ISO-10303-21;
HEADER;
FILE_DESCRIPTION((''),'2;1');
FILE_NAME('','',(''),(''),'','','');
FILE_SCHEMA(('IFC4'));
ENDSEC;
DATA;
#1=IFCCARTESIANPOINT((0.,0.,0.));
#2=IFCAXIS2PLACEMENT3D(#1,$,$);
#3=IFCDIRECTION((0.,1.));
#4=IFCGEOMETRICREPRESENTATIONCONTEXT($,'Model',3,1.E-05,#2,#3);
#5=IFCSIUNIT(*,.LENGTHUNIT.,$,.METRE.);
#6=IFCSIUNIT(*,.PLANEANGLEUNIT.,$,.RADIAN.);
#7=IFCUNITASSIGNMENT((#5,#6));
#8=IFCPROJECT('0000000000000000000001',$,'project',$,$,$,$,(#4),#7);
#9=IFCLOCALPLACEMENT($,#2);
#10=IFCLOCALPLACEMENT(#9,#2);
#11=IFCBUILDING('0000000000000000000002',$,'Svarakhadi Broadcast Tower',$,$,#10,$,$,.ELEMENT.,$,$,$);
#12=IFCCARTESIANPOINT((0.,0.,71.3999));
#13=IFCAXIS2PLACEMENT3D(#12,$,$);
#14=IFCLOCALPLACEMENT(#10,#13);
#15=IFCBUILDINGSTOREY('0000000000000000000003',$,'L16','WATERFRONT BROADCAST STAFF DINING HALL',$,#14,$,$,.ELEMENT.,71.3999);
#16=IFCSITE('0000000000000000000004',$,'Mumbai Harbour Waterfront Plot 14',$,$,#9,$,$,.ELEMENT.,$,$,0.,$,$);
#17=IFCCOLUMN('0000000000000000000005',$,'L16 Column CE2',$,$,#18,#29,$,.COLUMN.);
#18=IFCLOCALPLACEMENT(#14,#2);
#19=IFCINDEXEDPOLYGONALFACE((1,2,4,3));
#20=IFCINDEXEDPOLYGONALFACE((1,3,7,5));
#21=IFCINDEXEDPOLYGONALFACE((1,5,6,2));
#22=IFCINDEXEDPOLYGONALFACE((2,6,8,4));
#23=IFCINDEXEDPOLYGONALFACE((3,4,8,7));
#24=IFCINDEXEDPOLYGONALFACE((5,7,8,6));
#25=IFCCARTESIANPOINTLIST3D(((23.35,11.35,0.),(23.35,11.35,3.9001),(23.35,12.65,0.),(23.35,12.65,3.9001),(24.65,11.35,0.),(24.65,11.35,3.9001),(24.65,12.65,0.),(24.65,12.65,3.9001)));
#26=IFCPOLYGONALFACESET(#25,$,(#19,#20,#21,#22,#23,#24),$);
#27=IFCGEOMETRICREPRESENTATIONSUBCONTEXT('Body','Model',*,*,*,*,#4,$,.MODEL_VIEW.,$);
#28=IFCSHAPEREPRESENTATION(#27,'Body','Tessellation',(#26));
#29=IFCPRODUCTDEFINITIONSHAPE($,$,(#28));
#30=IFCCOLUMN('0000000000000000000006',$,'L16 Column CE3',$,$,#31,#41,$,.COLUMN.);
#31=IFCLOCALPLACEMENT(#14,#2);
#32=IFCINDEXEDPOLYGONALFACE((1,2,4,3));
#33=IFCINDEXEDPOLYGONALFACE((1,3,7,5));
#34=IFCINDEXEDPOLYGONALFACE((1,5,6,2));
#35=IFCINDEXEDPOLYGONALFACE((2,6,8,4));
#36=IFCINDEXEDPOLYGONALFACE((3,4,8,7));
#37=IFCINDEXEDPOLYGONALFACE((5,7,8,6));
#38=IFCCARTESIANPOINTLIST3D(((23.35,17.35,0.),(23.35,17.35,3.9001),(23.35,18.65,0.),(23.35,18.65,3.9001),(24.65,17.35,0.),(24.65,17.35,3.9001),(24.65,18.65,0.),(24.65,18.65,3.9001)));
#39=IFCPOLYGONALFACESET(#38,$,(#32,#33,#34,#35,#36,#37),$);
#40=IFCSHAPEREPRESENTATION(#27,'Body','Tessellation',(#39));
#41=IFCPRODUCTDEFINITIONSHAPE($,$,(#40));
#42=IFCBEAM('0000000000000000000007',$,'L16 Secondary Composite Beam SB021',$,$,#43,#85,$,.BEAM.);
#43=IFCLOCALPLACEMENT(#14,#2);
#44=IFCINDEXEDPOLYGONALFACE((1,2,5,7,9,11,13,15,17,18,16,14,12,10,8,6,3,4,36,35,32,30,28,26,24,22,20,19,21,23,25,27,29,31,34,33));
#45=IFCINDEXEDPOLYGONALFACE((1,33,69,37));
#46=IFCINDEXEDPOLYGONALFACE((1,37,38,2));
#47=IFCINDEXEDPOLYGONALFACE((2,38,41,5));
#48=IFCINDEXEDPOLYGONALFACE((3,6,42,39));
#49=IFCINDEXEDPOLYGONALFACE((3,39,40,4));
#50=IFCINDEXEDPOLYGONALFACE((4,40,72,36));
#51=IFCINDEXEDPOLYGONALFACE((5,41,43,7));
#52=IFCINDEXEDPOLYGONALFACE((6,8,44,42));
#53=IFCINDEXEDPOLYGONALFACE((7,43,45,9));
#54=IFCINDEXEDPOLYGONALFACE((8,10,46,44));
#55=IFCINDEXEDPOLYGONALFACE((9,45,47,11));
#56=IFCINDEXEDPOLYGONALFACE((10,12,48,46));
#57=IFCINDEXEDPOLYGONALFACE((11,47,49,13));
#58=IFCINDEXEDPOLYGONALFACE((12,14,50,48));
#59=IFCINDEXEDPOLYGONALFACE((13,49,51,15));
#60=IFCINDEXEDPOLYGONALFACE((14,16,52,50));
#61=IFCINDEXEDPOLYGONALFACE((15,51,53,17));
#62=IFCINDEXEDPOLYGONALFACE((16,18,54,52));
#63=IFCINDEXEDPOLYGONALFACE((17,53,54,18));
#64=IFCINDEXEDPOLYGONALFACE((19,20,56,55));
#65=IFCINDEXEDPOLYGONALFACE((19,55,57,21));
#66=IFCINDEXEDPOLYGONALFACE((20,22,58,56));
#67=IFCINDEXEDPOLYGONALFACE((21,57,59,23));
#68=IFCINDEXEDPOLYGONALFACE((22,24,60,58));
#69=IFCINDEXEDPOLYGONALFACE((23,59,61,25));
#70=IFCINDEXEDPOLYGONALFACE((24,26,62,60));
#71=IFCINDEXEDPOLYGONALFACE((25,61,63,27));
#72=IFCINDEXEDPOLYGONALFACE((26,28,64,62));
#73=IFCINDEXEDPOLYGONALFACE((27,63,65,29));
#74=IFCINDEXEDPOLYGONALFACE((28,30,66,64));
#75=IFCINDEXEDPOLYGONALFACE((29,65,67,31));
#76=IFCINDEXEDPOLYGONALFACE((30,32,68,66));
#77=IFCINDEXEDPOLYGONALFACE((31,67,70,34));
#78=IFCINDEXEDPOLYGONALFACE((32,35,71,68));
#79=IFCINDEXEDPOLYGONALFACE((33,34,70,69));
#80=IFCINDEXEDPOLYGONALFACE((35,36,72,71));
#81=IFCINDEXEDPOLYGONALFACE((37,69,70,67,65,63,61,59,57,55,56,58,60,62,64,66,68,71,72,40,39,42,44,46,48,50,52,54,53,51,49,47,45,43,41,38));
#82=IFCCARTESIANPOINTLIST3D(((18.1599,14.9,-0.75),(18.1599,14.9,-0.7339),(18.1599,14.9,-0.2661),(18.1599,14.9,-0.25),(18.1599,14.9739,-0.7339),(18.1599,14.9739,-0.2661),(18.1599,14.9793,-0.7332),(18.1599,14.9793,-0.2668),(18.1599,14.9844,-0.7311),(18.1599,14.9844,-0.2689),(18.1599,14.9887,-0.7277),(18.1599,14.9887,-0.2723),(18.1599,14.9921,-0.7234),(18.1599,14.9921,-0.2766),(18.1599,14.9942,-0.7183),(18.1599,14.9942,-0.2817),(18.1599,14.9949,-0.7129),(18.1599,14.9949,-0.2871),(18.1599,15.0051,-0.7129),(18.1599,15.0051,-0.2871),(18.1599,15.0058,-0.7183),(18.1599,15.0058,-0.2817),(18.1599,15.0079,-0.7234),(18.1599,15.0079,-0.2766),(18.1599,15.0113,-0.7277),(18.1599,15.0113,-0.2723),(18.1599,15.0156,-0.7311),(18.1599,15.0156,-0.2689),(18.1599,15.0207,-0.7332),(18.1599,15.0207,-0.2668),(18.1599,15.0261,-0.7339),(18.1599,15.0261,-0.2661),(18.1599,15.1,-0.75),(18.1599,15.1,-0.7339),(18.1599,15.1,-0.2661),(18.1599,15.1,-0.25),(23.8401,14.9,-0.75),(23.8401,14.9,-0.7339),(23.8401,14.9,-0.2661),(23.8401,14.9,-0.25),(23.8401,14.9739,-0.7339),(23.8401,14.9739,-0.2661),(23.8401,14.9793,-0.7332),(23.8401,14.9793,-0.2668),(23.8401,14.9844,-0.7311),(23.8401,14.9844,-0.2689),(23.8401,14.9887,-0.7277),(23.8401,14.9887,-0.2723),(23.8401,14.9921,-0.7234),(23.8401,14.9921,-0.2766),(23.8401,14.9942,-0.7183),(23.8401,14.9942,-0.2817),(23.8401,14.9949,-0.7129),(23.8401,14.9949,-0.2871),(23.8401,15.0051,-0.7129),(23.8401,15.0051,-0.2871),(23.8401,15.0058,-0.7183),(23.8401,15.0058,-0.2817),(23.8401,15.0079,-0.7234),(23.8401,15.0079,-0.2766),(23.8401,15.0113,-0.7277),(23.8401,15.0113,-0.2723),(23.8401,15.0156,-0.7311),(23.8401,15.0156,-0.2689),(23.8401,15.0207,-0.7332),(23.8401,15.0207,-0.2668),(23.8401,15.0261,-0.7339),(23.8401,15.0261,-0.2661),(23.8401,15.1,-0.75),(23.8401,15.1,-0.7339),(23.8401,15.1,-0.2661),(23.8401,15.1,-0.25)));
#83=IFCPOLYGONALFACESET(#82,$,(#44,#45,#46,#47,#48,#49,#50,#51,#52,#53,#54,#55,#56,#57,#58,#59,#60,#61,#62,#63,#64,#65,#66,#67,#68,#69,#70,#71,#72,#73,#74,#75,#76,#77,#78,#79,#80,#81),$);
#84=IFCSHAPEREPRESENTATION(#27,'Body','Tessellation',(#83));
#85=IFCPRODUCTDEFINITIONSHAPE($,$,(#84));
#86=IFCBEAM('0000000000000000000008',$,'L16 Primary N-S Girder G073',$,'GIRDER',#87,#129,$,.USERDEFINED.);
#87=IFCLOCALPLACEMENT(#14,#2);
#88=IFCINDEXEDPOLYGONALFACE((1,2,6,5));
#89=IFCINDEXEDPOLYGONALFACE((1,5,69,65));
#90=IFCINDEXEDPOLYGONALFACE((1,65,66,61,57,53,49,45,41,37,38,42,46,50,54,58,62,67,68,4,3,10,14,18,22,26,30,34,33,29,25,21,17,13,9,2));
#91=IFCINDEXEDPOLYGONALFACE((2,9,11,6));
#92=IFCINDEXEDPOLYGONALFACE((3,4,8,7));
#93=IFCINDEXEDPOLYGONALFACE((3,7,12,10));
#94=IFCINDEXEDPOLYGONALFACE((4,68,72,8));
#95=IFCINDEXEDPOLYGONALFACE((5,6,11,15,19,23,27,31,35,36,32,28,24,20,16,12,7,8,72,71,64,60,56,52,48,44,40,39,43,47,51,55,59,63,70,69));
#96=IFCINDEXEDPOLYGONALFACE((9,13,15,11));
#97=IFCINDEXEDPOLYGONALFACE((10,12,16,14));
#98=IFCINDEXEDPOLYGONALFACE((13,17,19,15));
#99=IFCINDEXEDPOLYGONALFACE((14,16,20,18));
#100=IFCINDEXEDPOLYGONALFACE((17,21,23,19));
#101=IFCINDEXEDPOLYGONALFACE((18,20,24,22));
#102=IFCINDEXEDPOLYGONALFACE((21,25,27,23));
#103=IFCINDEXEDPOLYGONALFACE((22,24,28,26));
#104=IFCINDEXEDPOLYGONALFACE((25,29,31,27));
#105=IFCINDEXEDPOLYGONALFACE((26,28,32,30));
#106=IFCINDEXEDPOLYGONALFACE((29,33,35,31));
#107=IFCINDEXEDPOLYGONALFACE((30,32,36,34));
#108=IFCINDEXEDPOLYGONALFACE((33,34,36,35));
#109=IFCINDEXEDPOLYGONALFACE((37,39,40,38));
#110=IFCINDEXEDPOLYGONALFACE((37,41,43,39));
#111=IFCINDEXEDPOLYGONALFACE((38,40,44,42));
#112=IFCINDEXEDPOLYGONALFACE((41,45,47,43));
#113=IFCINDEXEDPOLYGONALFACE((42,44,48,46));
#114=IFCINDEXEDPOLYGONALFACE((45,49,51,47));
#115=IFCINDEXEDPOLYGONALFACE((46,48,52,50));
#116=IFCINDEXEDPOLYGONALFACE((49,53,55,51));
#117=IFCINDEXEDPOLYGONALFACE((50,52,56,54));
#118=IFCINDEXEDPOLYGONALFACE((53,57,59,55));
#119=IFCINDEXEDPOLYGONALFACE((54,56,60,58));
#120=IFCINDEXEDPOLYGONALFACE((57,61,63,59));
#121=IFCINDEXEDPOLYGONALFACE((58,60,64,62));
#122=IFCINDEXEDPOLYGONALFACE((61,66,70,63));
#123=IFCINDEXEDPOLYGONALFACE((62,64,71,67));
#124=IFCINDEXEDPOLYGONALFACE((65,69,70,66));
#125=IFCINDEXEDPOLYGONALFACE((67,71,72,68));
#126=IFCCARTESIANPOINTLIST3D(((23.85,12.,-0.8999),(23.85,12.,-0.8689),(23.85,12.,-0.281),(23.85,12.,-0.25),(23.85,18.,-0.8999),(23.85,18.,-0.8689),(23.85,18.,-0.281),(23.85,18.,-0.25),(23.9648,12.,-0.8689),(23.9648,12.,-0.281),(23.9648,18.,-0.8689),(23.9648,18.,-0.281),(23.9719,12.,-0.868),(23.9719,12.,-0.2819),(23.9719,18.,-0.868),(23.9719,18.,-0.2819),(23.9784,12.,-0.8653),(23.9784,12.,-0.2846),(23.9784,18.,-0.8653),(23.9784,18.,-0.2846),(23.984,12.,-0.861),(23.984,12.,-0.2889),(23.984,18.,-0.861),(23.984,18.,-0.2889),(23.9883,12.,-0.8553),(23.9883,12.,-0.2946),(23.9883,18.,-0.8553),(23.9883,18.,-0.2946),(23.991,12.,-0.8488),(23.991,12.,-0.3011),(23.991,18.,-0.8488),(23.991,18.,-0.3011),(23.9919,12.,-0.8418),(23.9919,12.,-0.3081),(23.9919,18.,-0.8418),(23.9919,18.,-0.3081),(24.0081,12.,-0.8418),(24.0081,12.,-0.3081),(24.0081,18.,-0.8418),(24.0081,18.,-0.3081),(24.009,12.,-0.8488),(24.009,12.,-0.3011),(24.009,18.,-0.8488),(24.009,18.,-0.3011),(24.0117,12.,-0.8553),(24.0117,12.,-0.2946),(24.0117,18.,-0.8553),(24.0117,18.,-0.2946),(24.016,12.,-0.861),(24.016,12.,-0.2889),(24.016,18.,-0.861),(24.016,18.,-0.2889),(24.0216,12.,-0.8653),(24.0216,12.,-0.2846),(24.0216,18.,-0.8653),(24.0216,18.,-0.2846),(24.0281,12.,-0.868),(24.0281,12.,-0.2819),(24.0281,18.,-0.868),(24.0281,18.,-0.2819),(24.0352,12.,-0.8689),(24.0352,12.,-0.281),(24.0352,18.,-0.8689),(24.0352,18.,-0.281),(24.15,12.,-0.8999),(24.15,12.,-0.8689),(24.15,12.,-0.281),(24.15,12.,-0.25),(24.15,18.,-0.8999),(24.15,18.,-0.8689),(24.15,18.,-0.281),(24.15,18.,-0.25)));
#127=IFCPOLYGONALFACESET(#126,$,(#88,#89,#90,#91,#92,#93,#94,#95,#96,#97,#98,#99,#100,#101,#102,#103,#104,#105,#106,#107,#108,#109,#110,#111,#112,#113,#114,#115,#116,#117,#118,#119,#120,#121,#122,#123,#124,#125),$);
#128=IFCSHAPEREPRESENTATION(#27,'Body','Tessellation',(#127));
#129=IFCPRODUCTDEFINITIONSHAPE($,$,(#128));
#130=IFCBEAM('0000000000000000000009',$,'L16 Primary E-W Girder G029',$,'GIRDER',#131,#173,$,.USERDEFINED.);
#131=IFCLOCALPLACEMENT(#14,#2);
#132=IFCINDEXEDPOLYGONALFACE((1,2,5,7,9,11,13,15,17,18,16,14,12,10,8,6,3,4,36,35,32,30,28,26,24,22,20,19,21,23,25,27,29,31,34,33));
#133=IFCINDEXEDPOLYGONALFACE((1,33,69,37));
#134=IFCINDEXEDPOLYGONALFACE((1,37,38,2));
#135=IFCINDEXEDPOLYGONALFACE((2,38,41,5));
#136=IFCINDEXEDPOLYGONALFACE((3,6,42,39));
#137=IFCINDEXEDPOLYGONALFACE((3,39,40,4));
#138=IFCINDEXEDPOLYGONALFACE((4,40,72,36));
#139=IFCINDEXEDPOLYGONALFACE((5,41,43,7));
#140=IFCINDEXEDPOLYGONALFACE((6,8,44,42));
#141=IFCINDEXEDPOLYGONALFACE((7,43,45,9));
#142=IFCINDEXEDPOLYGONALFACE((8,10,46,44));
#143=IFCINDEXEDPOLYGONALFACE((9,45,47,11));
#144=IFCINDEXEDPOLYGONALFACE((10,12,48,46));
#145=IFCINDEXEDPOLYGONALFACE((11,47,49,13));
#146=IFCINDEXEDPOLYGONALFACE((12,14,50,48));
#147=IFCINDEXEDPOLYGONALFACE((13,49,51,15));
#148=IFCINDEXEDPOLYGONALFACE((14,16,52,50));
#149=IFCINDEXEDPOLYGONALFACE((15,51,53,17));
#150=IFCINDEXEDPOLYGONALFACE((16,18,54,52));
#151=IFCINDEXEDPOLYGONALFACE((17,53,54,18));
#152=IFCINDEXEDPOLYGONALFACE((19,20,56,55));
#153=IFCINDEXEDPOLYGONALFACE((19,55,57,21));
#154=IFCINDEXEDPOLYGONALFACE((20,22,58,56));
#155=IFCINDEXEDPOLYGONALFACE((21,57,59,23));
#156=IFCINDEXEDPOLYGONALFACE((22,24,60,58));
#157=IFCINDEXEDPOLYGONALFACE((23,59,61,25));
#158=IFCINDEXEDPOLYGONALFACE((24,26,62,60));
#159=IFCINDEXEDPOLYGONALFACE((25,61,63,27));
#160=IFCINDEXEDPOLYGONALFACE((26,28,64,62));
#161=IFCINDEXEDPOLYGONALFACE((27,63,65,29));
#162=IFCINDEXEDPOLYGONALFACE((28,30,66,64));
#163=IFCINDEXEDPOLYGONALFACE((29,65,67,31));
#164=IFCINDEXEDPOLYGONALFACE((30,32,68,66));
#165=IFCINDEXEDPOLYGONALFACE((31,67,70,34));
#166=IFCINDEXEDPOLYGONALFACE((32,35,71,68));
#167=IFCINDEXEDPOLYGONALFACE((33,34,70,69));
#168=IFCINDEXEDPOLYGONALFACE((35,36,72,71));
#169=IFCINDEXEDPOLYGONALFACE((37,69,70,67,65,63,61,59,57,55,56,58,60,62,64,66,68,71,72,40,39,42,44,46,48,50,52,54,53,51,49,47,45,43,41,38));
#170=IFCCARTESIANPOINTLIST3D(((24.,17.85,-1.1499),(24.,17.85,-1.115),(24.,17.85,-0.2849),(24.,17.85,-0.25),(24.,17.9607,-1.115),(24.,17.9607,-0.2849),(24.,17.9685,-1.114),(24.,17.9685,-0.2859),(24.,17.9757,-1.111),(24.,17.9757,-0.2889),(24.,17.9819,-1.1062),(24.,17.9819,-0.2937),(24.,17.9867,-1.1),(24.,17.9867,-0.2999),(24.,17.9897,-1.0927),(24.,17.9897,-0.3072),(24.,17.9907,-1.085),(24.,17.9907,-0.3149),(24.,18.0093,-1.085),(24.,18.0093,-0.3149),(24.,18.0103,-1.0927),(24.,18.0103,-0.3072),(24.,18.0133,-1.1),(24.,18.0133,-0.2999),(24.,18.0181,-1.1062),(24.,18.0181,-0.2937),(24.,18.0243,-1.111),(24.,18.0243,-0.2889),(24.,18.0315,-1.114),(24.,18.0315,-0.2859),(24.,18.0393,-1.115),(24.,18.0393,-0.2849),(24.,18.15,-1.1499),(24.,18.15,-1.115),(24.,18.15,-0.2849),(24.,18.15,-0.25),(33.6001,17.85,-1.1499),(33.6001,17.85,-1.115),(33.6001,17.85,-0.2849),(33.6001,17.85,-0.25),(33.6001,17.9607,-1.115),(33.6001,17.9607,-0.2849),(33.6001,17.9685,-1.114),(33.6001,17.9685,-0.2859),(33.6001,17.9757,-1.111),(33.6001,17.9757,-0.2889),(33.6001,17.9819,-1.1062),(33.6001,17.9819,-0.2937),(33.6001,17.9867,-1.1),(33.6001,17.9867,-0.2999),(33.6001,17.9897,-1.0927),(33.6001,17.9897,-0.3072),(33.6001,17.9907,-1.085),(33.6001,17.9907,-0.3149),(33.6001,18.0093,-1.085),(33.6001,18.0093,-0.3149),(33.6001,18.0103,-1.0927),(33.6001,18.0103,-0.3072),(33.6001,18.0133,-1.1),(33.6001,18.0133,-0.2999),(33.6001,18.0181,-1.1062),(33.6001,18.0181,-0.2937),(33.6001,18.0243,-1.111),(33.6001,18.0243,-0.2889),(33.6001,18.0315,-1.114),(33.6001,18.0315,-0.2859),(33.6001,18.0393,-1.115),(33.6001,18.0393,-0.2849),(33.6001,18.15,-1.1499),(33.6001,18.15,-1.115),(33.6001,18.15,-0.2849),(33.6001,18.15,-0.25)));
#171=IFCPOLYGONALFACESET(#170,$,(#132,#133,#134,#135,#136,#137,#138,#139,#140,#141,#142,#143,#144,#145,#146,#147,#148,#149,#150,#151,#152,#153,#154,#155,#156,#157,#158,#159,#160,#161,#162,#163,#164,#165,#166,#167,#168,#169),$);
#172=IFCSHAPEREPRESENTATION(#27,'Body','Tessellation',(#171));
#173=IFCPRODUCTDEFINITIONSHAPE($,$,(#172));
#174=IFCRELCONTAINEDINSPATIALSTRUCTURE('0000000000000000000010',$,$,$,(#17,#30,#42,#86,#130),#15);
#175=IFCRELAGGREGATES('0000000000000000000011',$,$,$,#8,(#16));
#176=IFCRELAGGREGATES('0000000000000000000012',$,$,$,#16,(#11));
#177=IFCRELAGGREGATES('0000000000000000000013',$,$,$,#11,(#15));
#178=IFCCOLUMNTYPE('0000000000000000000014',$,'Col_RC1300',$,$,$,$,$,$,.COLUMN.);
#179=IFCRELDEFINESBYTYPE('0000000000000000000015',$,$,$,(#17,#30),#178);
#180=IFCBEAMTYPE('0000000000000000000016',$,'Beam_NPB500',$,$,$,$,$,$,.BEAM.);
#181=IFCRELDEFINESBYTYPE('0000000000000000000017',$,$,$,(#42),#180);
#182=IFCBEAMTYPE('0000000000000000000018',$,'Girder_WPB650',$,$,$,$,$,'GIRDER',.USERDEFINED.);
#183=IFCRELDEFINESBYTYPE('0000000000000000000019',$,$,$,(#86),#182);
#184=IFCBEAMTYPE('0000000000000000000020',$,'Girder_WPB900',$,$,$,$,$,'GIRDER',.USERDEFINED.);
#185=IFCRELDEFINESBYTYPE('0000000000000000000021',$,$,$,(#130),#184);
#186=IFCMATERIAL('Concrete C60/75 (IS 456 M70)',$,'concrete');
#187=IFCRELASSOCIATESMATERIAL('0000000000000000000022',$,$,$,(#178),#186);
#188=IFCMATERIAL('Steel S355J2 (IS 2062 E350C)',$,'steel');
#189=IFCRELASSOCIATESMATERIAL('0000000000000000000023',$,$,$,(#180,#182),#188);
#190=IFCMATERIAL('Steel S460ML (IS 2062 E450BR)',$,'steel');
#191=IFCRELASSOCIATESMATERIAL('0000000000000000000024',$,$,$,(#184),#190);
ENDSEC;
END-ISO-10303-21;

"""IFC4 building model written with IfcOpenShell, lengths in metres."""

from ifc_helpers import new_model, si_unit, direction, frame, origin, origin_2d, place, context, subcontext, project, spatial, rectangle, i_section, extrude, material, material_profile, profile_set, type_object, element, save


model = new_model("IFC4")

# Units and contexts
model_context = context("Model", 3, precision=1e-05, world=origin(), true_north=direction((0.0, 1.0)))
body_context = subcontext(model_context, "Body", "Model", "MODEL_VIEW")
ifc_project = project(units=[si_unit("LENGTHUNIT", "METRE"), si_unit("PLANEANGLEUNIT", "RADIAN")], contexts=[model_context])

# Site, building, storey
site_placement = place(None, origin())
site = spatial("IfcSite", under=ifc_project, at=site_placement, Name="Mumbai Harbour Waterfront Plot 14", CompositionType="ELEMENT", RefElevation=0.0)
building_placement = place(site_placement, origin())
building = spatial("IfcBuilding", under=site, at=building_placement, Name="Svarakhadi Broadcast Tower", CompositionType="ELEMENT")
storey_placement = place(building_placement, frame((0.0, 0.0, 71.3999)))
storey = spatial("IfcBuildingStorey", under=building, at=storey_placement, Name="L16", Description="WATERFRONT BROADCAST STAFF DINING HALL", CompositionType="ELEMENT", Elevation=71.3999)

# Columns
ifc_material_1 = material(Name="Concrete C60/75 (IS 456 M70)", Category="concrete")
ifc_material_profile_1 = material_profile(ifc_material_1, rectangle(XDim=1.3, YDim=1.3, at=origin_2d()), Name="RC 1300x1300")
ifc_profile_set_1 = profile_set([ifc_material_profile_1], Name="Concrete C60/75 (IS 456 M70)")
column_type = type_object("IfcColumnType", Name="Col_RC1300", PredefinedType="COLUMN", material=ifc_profile_set_1)
for number, where, z_axis, x_axis, name in (
    (1, (24.0, 12.0, 0.0), (0.0, 0.0, 1.0), (1.0, 0.0, 0.0), "L16 Column CE2"),
    (2, (24.0, 18.0, 0.0), (0.0, 0.0, 1.0), (1.0, 0.0, 0.0), "L16 Column CE3"),
):
    element("IfcColumn", number, at=place(storey_placement, frame(where, z_axis=z_axis, x_axis=x_axis)), inside=storey, type_object=column_type, Name=name, PredefinedType="COLUMN", context=body_context, shape_type="SweptSolid", body=[
        extrude(rectangle(XDim=1.3, YDim=1.3, at=origin_2d()), origin(), (0.0, 0.0, 1.0), 3.9001),
    ])

# Beams
ifc_material_2 = material(Name="Steel S355J2 (IS 2062 E350C)", Category="steel")
ifc_material_profile_2 = material_profile(ifc_material_2, i_section(OverallWidth=0.2, OverallDepth=0.5, WebThickness=0.0103, FlangeThickness=0.0161, FilletRadius=0.021, at=origin_2d()), Name="NPB 500x200x91")
ifc_profile_set_2 = profile_set([ifc_material_profile_2], Name="Steel S355J2 (IS 2062 E350C)")
beam_type_1 = type_object("IfcBeamType", Name="Beam_NPB500", PredefinedType="BEAM", material=ifc_profile_set_2)
beam_1_placement = place(storey_placement, frame((18.1599, 15.0, -0.5), z_axis=(1.0, 0.0, 0.0), x_axis=(0.0, 1.0, 0.0)))
element("IfcBeam", 3, at=beam_1_placement, inside=storey, type_object=beam_type_1, Name="L16 Secondary Composite Beam SB021", PredefinedType="BEAM", context=body_context, shape_type="SweptSolid", body=[
    extrude(i_section(OverallWidth=0.2, OverallDepth=0.5, WebThickness=0.0103, FlangeThickness=0.0161, FilletRadius=0.021, at=origin_2d()), origin(), (0.0, 0.0, 1.0), 5.6802),
])
ifc_material_profile_3 = material_profile(ifc_material_2, i_section(OverallWidth=0.3, OverallDepth=0.6499, WebThickness=0.0161, FlangeThickness=0.031, FilletRadius=0.0271, at=origin_2d()), Name="WPB 650x300x225")
ifc_profile_set_3 = profile_set([ifc_material_profile_3], Name="Steel S355J2 (IS 2062 E350C)")
beam_type_2 = type_object("IfcBeamType", Name="Girder_WPB650", ElementType="GIRDER", PredefinedType="USERDEFINED", material=ifc_profile_set_3)
beam_2_placement = place(storey_placement, frame((24.0, 12.0, -0.575), z_axis=(0.0, 1.0, 0.0), x_axis=(-1.0, 0.0, 0.0)))
element("IfcBeam", 4, at=beam_2_placement, inside=storey, type_object=beam_type_2, Name="L16 Primary N-S Girder G073", ObjectType="GIRDER", PredefinedType="USERDEFINED", context=body_context, shape_type="SweptSolid", body=[
    extrude(i_section(OverallWidth=0.3, OverallDepth=0.6499, WebThickness=0.0161, FlangeThickness=0.031, FilletRadius=0.0271, at=origin_2d()), origin(), (0.0, 0.0, 1.0), 6.0),
])
ifc_material_3 = material(Name="Steel S460ML (IS 2062 E450BR)", Category="steel")
ifc_material_profile_4 = material_profile(ifc_material_3, i_section(OverallWidth=0.3, OverallDepth=0.8999, WebThickness=0.0186, FlangeThickness=0.0349, FilletRadius=0.03, at=origin_2d()), Name="WPB 900x300x291")
ifc_profile_set_4 = profile_set([ifc_material_profile_4], Name="Steel S460ML (IS 2062 E450BR)")
beam_type_3 = type_object("IfcBeamType", Name="Girder_WPB900", ElementType="GIRDER", PredefinedType="USERDEFINED", material=ifc_profile_set_4)
for number, where, z_axis, x_axis, name in (
    (5, (24.0, 18.0, -0.7), (1.0, 0.0, 0.0), (0.0, 1.0, 0.0), "L16 Primary E-W Girder G029"),
):
    element("IfcBeam", number, at=place(storey_placement, frame(where, z_axis=z_axis, x_axis=x_axis)), inside=storey, type_object=beam_type_3, Name=name, ObjectType="GIRDER", PredefinedType="USERDEFINED", context=body_context, shape_type="SweptSolid", body=[
        extrude(i_section(OverallWidth=0.3, OverallDepth=0.8999, WebThickness=0.0186, FlangeThickness=0.0349, FilletRadius=0.03, at=origin_2d()), origin(), (0.0, 0.0, 1.0), 9.6001),
    ])

save(model, "model.ifc")
